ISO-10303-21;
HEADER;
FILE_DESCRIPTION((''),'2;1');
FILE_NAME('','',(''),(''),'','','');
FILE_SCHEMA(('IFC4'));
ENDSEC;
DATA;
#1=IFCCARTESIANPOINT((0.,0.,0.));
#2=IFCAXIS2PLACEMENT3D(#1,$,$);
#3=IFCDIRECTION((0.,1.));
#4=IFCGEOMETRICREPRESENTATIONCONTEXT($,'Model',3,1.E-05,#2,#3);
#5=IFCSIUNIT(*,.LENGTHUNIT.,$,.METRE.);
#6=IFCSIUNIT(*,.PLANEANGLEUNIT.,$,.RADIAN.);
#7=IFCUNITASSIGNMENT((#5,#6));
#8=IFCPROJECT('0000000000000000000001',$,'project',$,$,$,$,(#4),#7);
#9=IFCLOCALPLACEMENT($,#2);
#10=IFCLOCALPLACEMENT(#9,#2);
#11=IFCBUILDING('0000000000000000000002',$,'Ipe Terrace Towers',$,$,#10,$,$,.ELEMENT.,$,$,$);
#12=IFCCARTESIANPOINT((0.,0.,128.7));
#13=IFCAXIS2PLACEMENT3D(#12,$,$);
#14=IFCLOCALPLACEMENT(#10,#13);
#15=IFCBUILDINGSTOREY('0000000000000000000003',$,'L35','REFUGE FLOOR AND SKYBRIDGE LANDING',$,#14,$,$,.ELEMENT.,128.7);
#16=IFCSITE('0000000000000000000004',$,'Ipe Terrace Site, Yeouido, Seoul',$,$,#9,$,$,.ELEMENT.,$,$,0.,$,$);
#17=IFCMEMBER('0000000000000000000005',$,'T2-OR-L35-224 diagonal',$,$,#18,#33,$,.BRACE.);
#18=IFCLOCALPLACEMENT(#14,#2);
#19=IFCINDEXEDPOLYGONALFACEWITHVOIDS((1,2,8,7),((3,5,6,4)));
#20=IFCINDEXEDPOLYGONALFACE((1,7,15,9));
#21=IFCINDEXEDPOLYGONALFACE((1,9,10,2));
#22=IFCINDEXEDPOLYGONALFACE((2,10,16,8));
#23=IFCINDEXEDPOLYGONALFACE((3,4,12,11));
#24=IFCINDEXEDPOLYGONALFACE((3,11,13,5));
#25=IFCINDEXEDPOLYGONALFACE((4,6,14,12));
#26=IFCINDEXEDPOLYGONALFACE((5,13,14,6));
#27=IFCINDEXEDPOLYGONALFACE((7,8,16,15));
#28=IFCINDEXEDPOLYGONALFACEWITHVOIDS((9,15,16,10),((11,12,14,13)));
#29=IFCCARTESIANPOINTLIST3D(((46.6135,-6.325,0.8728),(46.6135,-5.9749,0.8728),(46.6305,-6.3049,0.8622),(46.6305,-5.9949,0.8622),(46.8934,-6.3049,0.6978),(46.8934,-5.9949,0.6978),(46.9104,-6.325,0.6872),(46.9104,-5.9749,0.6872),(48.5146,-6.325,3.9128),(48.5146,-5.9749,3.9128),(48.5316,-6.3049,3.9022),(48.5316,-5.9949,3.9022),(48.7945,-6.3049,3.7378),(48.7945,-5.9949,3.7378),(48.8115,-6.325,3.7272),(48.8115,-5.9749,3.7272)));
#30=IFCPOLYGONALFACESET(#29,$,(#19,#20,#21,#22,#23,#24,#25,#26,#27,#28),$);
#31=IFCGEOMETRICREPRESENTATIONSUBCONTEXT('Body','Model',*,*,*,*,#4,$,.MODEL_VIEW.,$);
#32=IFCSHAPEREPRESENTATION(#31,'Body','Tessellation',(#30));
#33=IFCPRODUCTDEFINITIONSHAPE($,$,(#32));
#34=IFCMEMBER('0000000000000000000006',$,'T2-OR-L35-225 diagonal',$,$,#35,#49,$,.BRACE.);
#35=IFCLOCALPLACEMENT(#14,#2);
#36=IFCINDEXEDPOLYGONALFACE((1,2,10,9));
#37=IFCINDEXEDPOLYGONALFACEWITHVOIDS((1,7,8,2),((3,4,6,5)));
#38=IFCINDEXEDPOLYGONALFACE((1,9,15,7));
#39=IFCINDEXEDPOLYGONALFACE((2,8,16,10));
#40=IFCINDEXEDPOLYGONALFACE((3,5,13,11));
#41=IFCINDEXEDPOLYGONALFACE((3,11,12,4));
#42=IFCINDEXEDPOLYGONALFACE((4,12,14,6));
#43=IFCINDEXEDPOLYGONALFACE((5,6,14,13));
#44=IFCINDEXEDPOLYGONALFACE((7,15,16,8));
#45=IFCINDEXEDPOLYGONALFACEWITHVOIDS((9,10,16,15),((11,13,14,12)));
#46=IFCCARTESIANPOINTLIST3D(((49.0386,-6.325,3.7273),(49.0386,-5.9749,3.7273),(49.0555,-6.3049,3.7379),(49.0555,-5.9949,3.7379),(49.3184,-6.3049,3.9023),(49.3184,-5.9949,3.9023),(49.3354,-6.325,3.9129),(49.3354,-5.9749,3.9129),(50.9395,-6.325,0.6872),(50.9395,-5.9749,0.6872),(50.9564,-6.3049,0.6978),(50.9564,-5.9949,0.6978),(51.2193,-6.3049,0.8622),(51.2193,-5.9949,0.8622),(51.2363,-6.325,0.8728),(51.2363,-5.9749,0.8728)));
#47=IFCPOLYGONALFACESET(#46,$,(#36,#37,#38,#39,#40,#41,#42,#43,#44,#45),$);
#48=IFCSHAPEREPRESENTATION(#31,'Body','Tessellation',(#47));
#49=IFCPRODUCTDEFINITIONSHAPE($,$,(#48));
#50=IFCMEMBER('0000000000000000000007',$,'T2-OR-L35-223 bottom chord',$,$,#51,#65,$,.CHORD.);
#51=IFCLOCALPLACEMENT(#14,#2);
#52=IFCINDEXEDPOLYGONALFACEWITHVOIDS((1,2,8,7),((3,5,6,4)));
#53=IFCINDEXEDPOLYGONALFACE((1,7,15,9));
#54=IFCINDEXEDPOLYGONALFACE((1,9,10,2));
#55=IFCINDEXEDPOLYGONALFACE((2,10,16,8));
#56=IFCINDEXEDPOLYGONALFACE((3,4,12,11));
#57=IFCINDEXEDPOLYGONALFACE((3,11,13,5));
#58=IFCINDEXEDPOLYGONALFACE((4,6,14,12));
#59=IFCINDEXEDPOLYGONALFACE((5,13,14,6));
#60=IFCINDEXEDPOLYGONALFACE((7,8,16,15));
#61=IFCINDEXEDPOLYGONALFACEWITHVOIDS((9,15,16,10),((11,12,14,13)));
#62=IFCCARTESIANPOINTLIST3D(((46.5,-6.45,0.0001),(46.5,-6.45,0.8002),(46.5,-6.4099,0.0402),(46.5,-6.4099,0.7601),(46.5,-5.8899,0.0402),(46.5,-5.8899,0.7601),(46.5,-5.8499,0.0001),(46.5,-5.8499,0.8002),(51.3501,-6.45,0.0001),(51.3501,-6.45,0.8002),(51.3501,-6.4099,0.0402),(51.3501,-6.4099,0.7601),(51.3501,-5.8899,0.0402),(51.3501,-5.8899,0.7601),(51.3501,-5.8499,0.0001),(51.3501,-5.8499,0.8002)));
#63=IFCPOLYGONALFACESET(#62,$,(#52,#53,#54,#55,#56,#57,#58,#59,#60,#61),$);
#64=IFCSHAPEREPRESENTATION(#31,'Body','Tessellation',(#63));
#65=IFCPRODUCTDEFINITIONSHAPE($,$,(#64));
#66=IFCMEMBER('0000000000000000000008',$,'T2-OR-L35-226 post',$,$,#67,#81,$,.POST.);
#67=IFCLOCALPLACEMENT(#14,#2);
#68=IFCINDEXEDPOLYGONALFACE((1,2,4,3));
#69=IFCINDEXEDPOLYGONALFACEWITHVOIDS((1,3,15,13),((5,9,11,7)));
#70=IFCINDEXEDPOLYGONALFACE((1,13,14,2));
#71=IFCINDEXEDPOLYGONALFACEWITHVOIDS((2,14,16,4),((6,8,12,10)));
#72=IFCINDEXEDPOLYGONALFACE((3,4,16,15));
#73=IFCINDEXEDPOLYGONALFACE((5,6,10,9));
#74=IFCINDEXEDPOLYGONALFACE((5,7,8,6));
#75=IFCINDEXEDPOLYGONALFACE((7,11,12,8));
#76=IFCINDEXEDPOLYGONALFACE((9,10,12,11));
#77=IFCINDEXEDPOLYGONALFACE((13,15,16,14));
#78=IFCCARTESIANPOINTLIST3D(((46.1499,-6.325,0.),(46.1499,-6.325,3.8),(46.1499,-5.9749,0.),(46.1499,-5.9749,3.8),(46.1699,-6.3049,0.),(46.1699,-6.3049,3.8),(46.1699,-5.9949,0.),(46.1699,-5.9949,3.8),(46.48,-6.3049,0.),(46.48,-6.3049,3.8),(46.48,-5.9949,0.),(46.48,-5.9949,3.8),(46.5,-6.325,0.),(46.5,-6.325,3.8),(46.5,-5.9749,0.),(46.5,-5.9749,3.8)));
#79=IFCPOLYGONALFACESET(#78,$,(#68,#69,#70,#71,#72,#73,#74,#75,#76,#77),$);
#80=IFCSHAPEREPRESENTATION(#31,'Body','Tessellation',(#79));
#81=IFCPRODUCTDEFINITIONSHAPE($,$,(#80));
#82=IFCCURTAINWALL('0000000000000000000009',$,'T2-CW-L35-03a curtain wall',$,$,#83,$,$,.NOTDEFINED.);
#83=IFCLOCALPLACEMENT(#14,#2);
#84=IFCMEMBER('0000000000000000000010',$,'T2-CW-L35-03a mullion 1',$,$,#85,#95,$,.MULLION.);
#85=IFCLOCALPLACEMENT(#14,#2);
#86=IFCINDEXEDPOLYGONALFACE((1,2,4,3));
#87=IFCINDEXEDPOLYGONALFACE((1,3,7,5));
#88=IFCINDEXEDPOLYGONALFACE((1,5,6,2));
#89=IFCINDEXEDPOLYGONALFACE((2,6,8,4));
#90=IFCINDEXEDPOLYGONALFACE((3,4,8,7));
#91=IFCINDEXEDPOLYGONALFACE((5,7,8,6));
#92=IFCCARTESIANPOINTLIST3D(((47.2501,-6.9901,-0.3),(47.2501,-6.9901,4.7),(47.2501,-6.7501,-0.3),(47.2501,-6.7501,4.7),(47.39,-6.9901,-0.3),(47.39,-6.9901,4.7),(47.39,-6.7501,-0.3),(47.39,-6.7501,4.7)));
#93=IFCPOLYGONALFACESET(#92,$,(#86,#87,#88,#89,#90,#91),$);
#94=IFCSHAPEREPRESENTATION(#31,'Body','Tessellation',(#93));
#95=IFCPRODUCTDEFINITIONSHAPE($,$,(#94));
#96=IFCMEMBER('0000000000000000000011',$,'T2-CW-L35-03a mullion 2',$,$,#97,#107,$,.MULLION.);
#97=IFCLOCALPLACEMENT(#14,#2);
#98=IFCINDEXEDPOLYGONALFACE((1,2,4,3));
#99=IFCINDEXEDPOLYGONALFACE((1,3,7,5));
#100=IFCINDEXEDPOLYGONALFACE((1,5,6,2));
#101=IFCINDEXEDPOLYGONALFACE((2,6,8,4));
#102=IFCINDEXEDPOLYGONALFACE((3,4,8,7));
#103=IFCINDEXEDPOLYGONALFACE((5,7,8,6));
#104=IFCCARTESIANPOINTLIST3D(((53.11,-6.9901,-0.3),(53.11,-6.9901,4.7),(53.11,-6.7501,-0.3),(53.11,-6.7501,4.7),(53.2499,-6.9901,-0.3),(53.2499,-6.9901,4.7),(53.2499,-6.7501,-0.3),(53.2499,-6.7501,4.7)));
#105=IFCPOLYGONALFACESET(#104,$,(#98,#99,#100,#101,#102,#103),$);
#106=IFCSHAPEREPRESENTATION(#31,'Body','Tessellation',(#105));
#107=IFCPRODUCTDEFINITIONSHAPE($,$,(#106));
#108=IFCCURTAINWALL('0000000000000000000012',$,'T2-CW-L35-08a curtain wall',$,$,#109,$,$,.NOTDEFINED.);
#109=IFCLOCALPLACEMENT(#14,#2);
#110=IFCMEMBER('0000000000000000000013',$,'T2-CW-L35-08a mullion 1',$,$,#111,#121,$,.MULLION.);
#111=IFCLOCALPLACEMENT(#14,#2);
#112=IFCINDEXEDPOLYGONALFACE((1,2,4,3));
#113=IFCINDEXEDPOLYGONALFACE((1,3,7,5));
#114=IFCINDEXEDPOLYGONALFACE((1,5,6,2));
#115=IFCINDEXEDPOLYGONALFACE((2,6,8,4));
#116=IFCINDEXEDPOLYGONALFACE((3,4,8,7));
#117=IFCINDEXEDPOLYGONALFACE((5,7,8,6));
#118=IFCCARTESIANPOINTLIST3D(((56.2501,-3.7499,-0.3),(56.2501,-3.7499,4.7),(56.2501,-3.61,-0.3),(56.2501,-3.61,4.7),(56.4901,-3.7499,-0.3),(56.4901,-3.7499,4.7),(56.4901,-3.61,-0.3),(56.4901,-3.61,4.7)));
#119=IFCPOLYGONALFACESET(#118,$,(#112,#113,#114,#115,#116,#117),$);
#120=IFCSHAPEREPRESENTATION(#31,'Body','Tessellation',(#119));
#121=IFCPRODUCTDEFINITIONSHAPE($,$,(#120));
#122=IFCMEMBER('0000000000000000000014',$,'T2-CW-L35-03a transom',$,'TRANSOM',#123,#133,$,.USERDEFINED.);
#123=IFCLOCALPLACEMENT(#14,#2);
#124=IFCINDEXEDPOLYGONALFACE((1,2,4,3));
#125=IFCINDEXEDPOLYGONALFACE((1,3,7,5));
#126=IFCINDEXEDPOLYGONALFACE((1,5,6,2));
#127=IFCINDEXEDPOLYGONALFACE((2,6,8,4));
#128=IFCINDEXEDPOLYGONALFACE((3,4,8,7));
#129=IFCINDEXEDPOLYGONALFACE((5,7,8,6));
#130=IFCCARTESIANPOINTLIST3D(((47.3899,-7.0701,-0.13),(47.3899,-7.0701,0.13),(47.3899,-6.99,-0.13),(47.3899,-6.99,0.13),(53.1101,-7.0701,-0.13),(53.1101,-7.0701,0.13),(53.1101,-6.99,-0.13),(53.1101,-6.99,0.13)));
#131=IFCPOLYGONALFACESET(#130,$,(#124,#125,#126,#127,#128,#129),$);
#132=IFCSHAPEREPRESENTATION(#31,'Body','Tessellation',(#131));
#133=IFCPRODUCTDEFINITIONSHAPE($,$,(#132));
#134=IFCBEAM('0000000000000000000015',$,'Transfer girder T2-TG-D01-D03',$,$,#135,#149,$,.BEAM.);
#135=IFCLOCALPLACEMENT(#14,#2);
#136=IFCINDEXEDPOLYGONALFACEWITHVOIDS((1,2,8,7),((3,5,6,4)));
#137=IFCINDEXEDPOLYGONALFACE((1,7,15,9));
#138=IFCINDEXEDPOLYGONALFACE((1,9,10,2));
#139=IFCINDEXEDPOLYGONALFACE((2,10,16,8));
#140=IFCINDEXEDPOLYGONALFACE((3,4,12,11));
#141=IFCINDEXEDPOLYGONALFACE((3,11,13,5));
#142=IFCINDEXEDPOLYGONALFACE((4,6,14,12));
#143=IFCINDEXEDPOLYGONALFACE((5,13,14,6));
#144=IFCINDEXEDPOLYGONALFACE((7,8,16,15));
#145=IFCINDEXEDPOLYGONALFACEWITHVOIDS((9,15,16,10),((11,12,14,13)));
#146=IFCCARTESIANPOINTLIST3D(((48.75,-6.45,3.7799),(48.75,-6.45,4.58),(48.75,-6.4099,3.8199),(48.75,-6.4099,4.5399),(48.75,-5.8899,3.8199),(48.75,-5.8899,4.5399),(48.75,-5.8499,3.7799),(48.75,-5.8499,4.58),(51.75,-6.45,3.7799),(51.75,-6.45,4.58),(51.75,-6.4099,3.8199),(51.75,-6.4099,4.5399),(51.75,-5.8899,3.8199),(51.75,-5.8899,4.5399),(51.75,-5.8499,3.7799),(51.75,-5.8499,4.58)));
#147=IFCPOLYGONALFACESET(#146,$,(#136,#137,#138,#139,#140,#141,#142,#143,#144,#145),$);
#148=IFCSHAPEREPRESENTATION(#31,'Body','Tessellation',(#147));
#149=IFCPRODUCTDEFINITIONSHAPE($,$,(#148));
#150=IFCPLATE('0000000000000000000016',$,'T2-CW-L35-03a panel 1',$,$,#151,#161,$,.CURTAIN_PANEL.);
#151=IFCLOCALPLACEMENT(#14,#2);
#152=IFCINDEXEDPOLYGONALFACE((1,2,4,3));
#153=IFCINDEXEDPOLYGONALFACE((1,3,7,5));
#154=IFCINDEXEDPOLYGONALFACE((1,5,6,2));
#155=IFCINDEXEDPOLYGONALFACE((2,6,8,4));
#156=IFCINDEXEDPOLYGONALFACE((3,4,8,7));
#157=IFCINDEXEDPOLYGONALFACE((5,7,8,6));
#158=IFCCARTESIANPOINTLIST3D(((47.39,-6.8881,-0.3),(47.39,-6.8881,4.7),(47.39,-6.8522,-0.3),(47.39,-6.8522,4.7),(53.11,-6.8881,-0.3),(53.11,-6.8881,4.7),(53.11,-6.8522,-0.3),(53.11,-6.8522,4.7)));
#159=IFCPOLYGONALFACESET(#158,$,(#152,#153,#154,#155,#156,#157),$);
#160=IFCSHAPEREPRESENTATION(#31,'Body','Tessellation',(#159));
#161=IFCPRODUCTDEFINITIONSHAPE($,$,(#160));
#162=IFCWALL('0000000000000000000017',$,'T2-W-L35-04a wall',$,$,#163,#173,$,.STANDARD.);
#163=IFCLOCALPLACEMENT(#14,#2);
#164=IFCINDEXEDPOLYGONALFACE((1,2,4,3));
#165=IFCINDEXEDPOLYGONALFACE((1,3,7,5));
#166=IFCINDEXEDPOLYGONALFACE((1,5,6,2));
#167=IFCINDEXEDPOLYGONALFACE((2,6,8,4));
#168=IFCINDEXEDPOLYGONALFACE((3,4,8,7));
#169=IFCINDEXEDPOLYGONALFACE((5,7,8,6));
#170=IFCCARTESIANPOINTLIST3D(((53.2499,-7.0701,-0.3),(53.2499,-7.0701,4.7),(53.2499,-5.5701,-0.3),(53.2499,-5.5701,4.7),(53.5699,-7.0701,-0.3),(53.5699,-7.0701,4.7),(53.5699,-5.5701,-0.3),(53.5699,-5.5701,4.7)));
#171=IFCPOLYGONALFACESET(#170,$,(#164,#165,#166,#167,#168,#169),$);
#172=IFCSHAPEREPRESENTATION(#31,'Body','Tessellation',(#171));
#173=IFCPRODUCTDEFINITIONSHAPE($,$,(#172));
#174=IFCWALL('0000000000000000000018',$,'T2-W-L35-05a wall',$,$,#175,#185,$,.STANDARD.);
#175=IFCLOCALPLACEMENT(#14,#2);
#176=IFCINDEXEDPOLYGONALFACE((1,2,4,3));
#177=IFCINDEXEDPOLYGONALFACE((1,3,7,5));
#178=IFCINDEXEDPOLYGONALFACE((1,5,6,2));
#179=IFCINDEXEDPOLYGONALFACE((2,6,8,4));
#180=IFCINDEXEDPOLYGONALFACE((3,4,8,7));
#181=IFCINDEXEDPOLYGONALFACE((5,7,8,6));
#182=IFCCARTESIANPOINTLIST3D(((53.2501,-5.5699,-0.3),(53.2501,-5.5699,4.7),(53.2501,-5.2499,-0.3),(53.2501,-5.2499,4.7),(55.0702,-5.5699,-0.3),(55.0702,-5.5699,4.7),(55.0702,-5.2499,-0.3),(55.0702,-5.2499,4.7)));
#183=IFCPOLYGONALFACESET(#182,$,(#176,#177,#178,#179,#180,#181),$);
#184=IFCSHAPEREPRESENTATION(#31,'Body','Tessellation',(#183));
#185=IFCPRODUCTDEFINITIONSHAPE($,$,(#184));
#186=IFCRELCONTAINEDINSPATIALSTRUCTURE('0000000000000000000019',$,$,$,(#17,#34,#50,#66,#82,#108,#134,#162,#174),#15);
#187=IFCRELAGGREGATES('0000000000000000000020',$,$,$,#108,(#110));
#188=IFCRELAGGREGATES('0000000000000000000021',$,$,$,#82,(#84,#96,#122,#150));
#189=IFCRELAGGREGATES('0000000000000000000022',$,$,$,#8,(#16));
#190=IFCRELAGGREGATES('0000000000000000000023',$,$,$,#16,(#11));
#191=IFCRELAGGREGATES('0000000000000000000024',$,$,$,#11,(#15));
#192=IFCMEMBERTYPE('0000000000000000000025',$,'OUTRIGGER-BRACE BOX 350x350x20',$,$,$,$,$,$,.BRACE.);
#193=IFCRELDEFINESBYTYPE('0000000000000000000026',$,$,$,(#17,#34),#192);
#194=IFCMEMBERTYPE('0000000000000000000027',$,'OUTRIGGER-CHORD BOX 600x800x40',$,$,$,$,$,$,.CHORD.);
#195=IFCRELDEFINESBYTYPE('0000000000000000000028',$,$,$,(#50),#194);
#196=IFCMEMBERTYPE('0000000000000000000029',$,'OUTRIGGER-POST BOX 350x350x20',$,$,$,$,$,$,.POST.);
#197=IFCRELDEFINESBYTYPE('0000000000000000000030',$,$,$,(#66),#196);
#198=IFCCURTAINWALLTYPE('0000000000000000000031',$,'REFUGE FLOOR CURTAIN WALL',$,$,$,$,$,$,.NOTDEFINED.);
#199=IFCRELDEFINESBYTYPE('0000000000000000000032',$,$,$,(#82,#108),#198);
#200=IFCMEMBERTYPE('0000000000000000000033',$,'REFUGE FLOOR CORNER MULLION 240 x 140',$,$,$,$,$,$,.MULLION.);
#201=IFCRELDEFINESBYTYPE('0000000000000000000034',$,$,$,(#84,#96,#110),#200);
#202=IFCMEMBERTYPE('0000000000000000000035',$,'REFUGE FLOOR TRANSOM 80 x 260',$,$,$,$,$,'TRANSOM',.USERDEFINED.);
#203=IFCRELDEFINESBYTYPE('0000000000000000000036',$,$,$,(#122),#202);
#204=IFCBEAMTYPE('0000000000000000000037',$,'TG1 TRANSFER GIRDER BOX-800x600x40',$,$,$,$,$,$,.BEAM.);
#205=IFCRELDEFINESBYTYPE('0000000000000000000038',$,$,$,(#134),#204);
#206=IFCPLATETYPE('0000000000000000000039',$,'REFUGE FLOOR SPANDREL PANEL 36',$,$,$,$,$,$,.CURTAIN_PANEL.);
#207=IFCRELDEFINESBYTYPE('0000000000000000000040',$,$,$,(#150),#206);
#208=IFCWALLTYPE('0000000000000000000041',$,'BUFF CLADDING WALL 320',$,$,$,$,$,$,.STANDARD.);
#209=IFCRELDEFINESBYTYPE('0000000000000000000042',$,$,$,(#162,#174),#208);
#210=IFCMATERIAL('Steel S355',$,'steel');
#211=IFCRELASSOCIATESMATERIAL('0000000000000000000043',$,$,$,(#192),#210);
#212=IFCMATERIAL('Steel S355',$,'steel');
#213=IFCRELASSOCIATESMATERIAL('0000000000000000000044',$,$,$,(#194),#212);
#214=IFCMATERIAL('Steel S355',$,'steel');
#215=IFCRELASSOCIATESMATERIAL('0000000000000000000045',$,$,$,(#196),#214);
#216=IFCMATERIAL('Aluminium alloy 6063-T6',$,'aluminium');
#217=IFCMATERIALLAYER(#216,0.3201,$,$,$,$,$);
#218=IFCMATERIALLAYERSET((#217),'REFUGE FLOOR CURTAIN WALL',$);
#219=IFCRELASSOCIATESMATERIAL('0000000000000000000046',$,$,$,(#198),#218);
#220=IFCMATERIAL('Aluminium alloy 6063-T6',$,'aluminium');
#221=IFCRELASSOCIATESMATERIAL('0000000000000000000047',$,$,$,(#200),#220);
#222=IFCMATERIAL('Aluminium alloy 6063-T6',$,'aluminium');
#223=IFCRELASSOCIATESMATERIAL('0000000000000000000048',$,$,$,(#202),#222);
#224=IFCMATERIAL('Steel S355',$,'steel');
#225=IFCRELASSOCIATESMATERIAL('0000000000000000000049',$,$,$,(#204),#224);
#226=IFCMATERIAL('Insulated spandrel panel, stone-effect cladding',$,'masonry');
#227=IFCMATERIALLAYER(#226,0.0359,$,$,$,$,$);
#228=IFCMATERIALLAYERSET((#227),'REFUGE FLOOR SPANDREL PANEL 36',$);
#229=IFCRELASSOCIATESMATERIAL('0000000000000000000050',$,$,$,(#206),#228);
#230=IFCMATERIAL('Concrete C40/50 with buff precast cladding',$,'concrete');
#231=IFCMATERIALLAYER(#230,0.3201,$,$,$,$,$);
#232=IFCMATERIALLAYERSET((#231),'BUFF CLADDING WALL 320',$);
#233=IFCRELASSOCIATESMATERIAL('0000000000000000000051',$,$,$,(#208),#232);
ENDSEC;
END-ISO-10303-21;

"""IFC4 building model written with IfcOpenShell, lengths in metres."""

from ifc_helpers import new_model, si_unit, direction, frame, frame_2d, origin, origin_2d, place, context, subcontext, project, spatial, rectangle, hollow_rectangle, extrude, material, layer, layer_set, material_profile, profile_set, type_object, element, aggregate, save


model = new_model("IFC4")

# Units and contexts
model_context = context("Model", 3, precision=1e-05, world=origin(), true_north=direction((0.0, 1.0)))
body_context = subcontext(model_context, "Body", "Model", "MODEL_VIEW")
ifc_project = project(units=[si_unit("LENGTHUNIT", "METRE"), si_unit("PLANEANGLEUNIT", "RADIAN")], contexts=[model_context])

# Site, building, storey
site_placement = place(None, origin())
site = spatial("IfcSite", under=ifc_project, at=site_placement, Name="Ipe Terrace Site, Yeouido, Seoul", CompositionType="ELEMENT", RefElevation=0.0)
building_placement = place(site_placement, origin())
building = spatial("IfcBuilding", under=site, at=building_placement, Name="Ipe Terrace Towers", CompositionType="ELEMENT")
storey_placement = place(building_placement, frame((0.0, 0.0, 128.7)))
storey = spatial("IfcBuildingStorey", under=building, at=storey_placement, Name="L35", Description="REFUGE FLOOR AND SKYBRIDGE LANDING", CompositionType="ELEMENT", Elevation=128.7)

# Members
ifc_material_1 = material(Name="Steel S355", Category="steel")
ifc_material_profile_1 = material_profile(ifc_material_1, hollow_rectangle(XDim=0.3501, YDim=0.3501, WallThickness=0.02, at=origin_2d()), Name="OUTRIGGER-BRACE BOX 350x350x20")
ifc_profile_set_1 = profile_set([ifc_material_profile_1], Name="Steel S355")
member_type_1 = type_object("IfcMemberType", Name="OUTRIGGER-BRACE BOX 350x350x20", PredefinedType="BRACE", material=ifc_profile_set_1)
for number, where, z_axis, x_axis, name in (
    (1, (46.762, -6.1499, 0.78), (0.530219, 0.0, 0.847861), (0.0, 1.0, 0.0), "T2-OR-L35-224 diagonal"),
    (2, (51.0879, -6.1499, 0.78), (-0.53017, 0.0, 0.847891), (0.0, -1.0, 0.0), "T2-OR-L35-225 diagonal"),
):
    element("IfcMember", number, at=place(storey_placement, frame(where, z_axis=z_axis, x_axis=x_axis)), inside=storey, type_object=member_type_1, Name=name, PredefinedType="BRACE", context=body_context, shape_type="SweptSolid", body=[
        extrude(hollow_rectangle(XDim=0.3501, YDim=0.3501, WallThickness=0.02, at=origin_2d()), origin(), (0.0, 0.0, 1.0), 3.5854),
    ])
ifc_material_2 = material(Name="Steel S355", Category="steel")
ifc_material_profile_2 = material_profile(ifc_material_2, hollow_rectangle(XDim=0.6001, YDim=0.8, WallThickness=0.04, at=origin_2d()), Name="OUTRIGGER-CHORD BOX 600x800x40")
ifc_profile_set_2 = profile_set([ifc_material_profile_2], Name="Steel S355")
member_type_2 = type_object("IfcMemberType", Name="OUTRIGGER-CHORD BOX 600x800x40", PredefinedType="CHORD", material=ifc_profile_set_2)
member_1_placement = place(storey_placement, frame((46.5, -6.1499, 0.4001), z_axis=(1.0, 0.0, 0.0), x_axis=(0.0, 1.0, 0.0)))
element("IfcMember", 3, at=member_1_placement, inside=storey, type_object=member_type_2, Name="T2-OR-L35-223 bottom chord", PredefinedType="CHORD", context=body_context, shape_type="SweptSolid", body=[
    extrude(hollow_rectangle(XDim=0.6001, YDim=0.8, WallThickness=0.04, at=origin_2d()), origin(), (0.0, 0.0, 1.0), 4.8501),
])
ifc_material_3 = material(Name="Steel S355", Category="steel")
ifc_material_profile_3 = material_profile(ifc_material_3, hollow_rectangle(XDim=0.3501, YDim=0.3501, WallThickness=0.02, at=origin_2d()), Name="OUTRIGGER-POST BOX 350x350x20")
ifc_profile_set_3 = profile_set([ifc_material_profile_3], Name="Steel S355")
member_type_3 = type_object("IfcMemberType", Name="OUTRIGGER-POST BOX 350x350x20", PredefinedType="POST", material=ifc_profile_set_3)
member_2_placement = place(storey_placement, frame((46.325, -6.1499, 0.0), z_axis=(0.0, 0.0, 1.0), x_axis=(1.0, 0.0, 0.0)))
element("IfcMember", 4, at=member_2_placement, inside=storey, type_object=member_type_3, Name="T2-OR-L35-226 post", PredefinedType="POST", context=body_context, shape_type="SweptSolid", body=[
    extrude(hollow_rectangle(XDim=0.3501, YDim=0.3501, WallThickness=0.02, at=origin_2d()), origin(), (0.0, 0.0, 1.0), 3.8),
])

# Curtain wall, members
ifc_material_4 = material(Name="Aluminium alloy 6063-T6", Category="aluminium")
ifc_layer_1 = layer(ifc_material_4, 0.3201)
ifc_layer_set_1 = layer_set([ifc_layer_1], Name="REFUGE FLOOR CURTAIN WALL")
curtain_wall_type = type_object("IfcCurtainWallType", Name="REFUGE FLOOR CURTAIN WALL", PredefinedType="NOTDEFINED", material=ifc_layer_set_1)
curtain_wall_1_placement = place(storey_placement, origin())
curtain_wall_1 = element("IfcCurtainWall", 5, at=curtain_wall_1_placement, inside=storey, type_object=curtain_wall_type, Name="T2-CW-L35-03a curtain wall", PredefinedType="NOTDEFINED")
ifc_material_5 = material(Name="Aluminium alloy 6063-T6", Category="aluminium")
ifc_material_profile_4 = material_profile(ifc_material_5, rectangle(XDim=0.24, YDim=0.1399, at=origin_2d()), Name="REFUGE FLOOR CORNER MULLION 240 x 140")
ifc_profile_set_4 = profile_set([ifc_material_profile_4], Name="Aluminium alloy 6063-T6")
member_type_4 = type_object("IfcMemberType", Name="REFUGE FLOOR CORNER MULLION 240 x 140", PredefinedType="MULLION", material=ifc_profile_set_4)
member_3_placement = place(storey_placement, frame((47.3201, -6.8701, -0.3), z_axis=(0.0, 0.0, 1.0), x_axis=(0.0, -1.0, 0.0)))
member_3 = element("IfcMember", 6, at=member_3_placement, type_object=member_type_4, Name="T2-CW-L35-03a mullion 1", PredefinedType="MULLION", context=body_context, shape_type="SweptSolid", body=[
    extrude(rectangle(XDim=0.24, YDim=0.1399, at=origin_2d()), origin(), (0.0, 0.0, 1.0), 5.0),
])
member_4_placement = place(storey_placement, frame((53.1799, -6.8701, -0.3), z_axis=(0.0, 0.0, 1.0), x_axis=(0.0, -1.0, 0.0)))
member_4 = element("IfcMember", 7, at=member_4_placement, type_object=member_type_4, Name="T2-CW-L35-03a mullion 2", PredefinedType="MULLION", context=body_context, shape_type="SweptSolid", body=[
    extrude(rectangle(XDim=0.24, YDim=0.1399, at=origin_2d()), origin(), (0.0, 0.0, 1.0), 5.0),
])

# Curtain wall, member
curtain_wall_2_placement = place(storey_placement, origin())
curtain_wall_2 = element("IfcCurtainWall", 8, at=curtain_wall_2_placement, inside=storey, type_object=curtain_wall_type, Name="T2-CW-L35-08a curtain wall", PredefinedType="NOTDEFINED")
member_5_placement = place(storey_placement, frame((56.3701, -3.6799, -0.3), z_axis=(0.0, 0.0, 1.0), x_axis=(1.0, 0.0, 0.0)))
member_5 = element("IfcMember", 9, at=member_5_placement, type_object=member_type_4, Name="T2-CW-L35-08a mullion 1", PredefinedType="MULLION", context=body_context, shape_type="SweptSolid", body=[
    extrude(rectangle(XDim=0.24, YDim=0.1399, at=origin_2d()), origin(), (0.0, 0.0, 1.0), 5.0),
])
aggregate(curtain_wall_2, [member_5])

# Member
ifc_material_6 = material(Name="Aluminium alloy 6063-T6", Category="aluminium")
ifc_material_profile_5 = material_profile(ifc_material_6, rectangle(XDim=0.0801, YDim=0.26, at=origin_2d()), Name="REFUGE FLOOR TRANSOM 80 x 260")
ifc_profile_set_5 = profile_set([ifc_material_profile_5], Name="Aluminium alloy 6063-T6")
member_type_5 = type_object("IfcMemberType", Name="REFUGE FLOOR TRANSOM 80 x 260", ElementType="TRANSOM", PredefinedType="USERDEFINED", material=ifc_profile_set_5)
member_6_placement = place(storey_placement, frame((47.3899, -7.03, 0.0), z_axis=(1.0, 0.0, 0.0), x_axis=(0.0, -1.0, 0.0)))
member_6 = element("IfcMember", 10, at=member_6_placement, type_object=member_type_5, Name="T2-CW-L35-03a transom", ObjectType="TRANSOM", PredefinedType="USERDEFINED", context=body_context, shape_type="SweptSolid", body=[
    extrude(rectangle(XDim=0.0801, YDim=0.26, at=origin_2d()), origin(), (0.0, 0.0, 1.0), 5.7202),
])

# Beam
ifc_material_7 = material(Name="Steel S355", Category="steel")
ifc_material_profile_6 = material_profile(ifc_material_7, hollow_rectangle(XDim=0.6001, YDim=0.8, WallThickness=0.04, at=origin_2d()), Name="BOX-800x600x40")
ifc_profile_set_6 = profile_set([ifc_material_profile_6], Name="Steel S355")
beam_type_1 = type_object("IfcBeamType", Name="TG1 TRANSFER GIRDER BOX-800x600x40", PredefinedType="BEAM", material=ifc_profile_set_6)
beam_1_placement = place(storey_placement, frame((48.75, -6.1499, 4.1799), z_axis=(1.0, 0.0, 0.0), x_axis=(0.0, 1.0, 0.0)))
element("IfcBeam", 11, at=beam_1_placement, inside=storey, type_object=beam_type_1, Name="Transfer girder T2-TG-D01-D03", PredefinedType="BEAM", context=body_context, shape_type="SweptSolid", body=[
    extrude(hollow_rectangle(XDim=0.6001, YDim=0.8, WallThickness=0.04, at=origin_2d()), origin(), (0.0, 0.0, 1.0), 3.0),
])

# Plate
ifc_material_8 = material(Name="Insulated spandrel panel, stone-effect cladding", Category="masonry")
ifc_layer_2 = layer(ifc_material_8, 0.0359)
ifc_layer_set_2 = layer_set([ifc_layer_2], Name="REFUGE FLOOR SPANDREL PANEL 36")
plate_type = type_object("IfcPlateType", Name="REFUGE FLOOR SPANDREL PANEL 36", PredefinedType="CURTAIN_PANEL", material=ifc_layer_set_2)
plate_placement = place(storey_placement, frame((50.25, -6.8701, -0.3), z_axis=(0.0, 0.0, 1.0), x_axis=(1.0, 0.0, 0.0)))
plate = element("IfcPlate", 12, at=plate_placement, type_object=plate_type, Name="T2-CW-L35-03a panel 1", PredefinedType="CURTAIN_PANEL", context=body_context, shape_type="SweptSolid", body=[
    extrude(rectangle(XDim=5.72, YDim=0.0359, at=origin_2d()), origin(), (0.0, 0.0, 1.0), 5.0),
])
aggregate(curtain_wall_1, [member_3, member_4, member_6, plate])

# Walls
ifc_material_9 = material(Name="Concrete C40/50 with buff precast cladding", Category="concrete")
ifc_layer_3 = layer(ifc_material_9, 0.3201)
ifc_layer_set_3 = layer_set([ifc_layer_3], Name="BUFF CLADDING WALL 320")
wall_type = type_object("IfcWallType", Name="BUFF CLADDING WALL 320", PredefinedType="STANDARD", material=ifc_layer_set_3)
wall_1_placement = place(storey_placement, frame((53.4099, -7.0701, -0.3), z_axis=(0.0, 0.0, 1.0), x_axis=(0.0, 1.0, 0.0)))
element("IfcWall", 13, at=wall_1_placement, inside=storey, type_object=wall_type, Name="T2-W-L35-04a wall", PredefinedType="STANDARD", context=body_context, shape_type="SweptSolid", body=[
    extrude(rectangle(XDim=1.5, YDim=0.3201, at=frame_2d((0.75, 0.0))), origin(), (0.0, 0.0, 1.0), 5.0),
])
wall_2_placement = place(storey_placement, frame((53.25, -5.4099, -0.3), z_axis=(0.0, 0.0, 1.0), x_axis=(1.0, 0.0, 0.0)))
element("IfcWall", 14, at=wall_2_placement, inside=storey, type_object=wall_type, Name="T2-W-L35-05a wall", PredefinedType="STANDARD", context=body_context, shape_type="SweptSolid", body=[
    extrude(rectangle(XDim=1.8201, YDim=0.3201, at=frame_2d((0.9102, 0.0))), origin(), (0.0, 0.0, 1.0), 5.0),
])

save(model, "model.ifc")
